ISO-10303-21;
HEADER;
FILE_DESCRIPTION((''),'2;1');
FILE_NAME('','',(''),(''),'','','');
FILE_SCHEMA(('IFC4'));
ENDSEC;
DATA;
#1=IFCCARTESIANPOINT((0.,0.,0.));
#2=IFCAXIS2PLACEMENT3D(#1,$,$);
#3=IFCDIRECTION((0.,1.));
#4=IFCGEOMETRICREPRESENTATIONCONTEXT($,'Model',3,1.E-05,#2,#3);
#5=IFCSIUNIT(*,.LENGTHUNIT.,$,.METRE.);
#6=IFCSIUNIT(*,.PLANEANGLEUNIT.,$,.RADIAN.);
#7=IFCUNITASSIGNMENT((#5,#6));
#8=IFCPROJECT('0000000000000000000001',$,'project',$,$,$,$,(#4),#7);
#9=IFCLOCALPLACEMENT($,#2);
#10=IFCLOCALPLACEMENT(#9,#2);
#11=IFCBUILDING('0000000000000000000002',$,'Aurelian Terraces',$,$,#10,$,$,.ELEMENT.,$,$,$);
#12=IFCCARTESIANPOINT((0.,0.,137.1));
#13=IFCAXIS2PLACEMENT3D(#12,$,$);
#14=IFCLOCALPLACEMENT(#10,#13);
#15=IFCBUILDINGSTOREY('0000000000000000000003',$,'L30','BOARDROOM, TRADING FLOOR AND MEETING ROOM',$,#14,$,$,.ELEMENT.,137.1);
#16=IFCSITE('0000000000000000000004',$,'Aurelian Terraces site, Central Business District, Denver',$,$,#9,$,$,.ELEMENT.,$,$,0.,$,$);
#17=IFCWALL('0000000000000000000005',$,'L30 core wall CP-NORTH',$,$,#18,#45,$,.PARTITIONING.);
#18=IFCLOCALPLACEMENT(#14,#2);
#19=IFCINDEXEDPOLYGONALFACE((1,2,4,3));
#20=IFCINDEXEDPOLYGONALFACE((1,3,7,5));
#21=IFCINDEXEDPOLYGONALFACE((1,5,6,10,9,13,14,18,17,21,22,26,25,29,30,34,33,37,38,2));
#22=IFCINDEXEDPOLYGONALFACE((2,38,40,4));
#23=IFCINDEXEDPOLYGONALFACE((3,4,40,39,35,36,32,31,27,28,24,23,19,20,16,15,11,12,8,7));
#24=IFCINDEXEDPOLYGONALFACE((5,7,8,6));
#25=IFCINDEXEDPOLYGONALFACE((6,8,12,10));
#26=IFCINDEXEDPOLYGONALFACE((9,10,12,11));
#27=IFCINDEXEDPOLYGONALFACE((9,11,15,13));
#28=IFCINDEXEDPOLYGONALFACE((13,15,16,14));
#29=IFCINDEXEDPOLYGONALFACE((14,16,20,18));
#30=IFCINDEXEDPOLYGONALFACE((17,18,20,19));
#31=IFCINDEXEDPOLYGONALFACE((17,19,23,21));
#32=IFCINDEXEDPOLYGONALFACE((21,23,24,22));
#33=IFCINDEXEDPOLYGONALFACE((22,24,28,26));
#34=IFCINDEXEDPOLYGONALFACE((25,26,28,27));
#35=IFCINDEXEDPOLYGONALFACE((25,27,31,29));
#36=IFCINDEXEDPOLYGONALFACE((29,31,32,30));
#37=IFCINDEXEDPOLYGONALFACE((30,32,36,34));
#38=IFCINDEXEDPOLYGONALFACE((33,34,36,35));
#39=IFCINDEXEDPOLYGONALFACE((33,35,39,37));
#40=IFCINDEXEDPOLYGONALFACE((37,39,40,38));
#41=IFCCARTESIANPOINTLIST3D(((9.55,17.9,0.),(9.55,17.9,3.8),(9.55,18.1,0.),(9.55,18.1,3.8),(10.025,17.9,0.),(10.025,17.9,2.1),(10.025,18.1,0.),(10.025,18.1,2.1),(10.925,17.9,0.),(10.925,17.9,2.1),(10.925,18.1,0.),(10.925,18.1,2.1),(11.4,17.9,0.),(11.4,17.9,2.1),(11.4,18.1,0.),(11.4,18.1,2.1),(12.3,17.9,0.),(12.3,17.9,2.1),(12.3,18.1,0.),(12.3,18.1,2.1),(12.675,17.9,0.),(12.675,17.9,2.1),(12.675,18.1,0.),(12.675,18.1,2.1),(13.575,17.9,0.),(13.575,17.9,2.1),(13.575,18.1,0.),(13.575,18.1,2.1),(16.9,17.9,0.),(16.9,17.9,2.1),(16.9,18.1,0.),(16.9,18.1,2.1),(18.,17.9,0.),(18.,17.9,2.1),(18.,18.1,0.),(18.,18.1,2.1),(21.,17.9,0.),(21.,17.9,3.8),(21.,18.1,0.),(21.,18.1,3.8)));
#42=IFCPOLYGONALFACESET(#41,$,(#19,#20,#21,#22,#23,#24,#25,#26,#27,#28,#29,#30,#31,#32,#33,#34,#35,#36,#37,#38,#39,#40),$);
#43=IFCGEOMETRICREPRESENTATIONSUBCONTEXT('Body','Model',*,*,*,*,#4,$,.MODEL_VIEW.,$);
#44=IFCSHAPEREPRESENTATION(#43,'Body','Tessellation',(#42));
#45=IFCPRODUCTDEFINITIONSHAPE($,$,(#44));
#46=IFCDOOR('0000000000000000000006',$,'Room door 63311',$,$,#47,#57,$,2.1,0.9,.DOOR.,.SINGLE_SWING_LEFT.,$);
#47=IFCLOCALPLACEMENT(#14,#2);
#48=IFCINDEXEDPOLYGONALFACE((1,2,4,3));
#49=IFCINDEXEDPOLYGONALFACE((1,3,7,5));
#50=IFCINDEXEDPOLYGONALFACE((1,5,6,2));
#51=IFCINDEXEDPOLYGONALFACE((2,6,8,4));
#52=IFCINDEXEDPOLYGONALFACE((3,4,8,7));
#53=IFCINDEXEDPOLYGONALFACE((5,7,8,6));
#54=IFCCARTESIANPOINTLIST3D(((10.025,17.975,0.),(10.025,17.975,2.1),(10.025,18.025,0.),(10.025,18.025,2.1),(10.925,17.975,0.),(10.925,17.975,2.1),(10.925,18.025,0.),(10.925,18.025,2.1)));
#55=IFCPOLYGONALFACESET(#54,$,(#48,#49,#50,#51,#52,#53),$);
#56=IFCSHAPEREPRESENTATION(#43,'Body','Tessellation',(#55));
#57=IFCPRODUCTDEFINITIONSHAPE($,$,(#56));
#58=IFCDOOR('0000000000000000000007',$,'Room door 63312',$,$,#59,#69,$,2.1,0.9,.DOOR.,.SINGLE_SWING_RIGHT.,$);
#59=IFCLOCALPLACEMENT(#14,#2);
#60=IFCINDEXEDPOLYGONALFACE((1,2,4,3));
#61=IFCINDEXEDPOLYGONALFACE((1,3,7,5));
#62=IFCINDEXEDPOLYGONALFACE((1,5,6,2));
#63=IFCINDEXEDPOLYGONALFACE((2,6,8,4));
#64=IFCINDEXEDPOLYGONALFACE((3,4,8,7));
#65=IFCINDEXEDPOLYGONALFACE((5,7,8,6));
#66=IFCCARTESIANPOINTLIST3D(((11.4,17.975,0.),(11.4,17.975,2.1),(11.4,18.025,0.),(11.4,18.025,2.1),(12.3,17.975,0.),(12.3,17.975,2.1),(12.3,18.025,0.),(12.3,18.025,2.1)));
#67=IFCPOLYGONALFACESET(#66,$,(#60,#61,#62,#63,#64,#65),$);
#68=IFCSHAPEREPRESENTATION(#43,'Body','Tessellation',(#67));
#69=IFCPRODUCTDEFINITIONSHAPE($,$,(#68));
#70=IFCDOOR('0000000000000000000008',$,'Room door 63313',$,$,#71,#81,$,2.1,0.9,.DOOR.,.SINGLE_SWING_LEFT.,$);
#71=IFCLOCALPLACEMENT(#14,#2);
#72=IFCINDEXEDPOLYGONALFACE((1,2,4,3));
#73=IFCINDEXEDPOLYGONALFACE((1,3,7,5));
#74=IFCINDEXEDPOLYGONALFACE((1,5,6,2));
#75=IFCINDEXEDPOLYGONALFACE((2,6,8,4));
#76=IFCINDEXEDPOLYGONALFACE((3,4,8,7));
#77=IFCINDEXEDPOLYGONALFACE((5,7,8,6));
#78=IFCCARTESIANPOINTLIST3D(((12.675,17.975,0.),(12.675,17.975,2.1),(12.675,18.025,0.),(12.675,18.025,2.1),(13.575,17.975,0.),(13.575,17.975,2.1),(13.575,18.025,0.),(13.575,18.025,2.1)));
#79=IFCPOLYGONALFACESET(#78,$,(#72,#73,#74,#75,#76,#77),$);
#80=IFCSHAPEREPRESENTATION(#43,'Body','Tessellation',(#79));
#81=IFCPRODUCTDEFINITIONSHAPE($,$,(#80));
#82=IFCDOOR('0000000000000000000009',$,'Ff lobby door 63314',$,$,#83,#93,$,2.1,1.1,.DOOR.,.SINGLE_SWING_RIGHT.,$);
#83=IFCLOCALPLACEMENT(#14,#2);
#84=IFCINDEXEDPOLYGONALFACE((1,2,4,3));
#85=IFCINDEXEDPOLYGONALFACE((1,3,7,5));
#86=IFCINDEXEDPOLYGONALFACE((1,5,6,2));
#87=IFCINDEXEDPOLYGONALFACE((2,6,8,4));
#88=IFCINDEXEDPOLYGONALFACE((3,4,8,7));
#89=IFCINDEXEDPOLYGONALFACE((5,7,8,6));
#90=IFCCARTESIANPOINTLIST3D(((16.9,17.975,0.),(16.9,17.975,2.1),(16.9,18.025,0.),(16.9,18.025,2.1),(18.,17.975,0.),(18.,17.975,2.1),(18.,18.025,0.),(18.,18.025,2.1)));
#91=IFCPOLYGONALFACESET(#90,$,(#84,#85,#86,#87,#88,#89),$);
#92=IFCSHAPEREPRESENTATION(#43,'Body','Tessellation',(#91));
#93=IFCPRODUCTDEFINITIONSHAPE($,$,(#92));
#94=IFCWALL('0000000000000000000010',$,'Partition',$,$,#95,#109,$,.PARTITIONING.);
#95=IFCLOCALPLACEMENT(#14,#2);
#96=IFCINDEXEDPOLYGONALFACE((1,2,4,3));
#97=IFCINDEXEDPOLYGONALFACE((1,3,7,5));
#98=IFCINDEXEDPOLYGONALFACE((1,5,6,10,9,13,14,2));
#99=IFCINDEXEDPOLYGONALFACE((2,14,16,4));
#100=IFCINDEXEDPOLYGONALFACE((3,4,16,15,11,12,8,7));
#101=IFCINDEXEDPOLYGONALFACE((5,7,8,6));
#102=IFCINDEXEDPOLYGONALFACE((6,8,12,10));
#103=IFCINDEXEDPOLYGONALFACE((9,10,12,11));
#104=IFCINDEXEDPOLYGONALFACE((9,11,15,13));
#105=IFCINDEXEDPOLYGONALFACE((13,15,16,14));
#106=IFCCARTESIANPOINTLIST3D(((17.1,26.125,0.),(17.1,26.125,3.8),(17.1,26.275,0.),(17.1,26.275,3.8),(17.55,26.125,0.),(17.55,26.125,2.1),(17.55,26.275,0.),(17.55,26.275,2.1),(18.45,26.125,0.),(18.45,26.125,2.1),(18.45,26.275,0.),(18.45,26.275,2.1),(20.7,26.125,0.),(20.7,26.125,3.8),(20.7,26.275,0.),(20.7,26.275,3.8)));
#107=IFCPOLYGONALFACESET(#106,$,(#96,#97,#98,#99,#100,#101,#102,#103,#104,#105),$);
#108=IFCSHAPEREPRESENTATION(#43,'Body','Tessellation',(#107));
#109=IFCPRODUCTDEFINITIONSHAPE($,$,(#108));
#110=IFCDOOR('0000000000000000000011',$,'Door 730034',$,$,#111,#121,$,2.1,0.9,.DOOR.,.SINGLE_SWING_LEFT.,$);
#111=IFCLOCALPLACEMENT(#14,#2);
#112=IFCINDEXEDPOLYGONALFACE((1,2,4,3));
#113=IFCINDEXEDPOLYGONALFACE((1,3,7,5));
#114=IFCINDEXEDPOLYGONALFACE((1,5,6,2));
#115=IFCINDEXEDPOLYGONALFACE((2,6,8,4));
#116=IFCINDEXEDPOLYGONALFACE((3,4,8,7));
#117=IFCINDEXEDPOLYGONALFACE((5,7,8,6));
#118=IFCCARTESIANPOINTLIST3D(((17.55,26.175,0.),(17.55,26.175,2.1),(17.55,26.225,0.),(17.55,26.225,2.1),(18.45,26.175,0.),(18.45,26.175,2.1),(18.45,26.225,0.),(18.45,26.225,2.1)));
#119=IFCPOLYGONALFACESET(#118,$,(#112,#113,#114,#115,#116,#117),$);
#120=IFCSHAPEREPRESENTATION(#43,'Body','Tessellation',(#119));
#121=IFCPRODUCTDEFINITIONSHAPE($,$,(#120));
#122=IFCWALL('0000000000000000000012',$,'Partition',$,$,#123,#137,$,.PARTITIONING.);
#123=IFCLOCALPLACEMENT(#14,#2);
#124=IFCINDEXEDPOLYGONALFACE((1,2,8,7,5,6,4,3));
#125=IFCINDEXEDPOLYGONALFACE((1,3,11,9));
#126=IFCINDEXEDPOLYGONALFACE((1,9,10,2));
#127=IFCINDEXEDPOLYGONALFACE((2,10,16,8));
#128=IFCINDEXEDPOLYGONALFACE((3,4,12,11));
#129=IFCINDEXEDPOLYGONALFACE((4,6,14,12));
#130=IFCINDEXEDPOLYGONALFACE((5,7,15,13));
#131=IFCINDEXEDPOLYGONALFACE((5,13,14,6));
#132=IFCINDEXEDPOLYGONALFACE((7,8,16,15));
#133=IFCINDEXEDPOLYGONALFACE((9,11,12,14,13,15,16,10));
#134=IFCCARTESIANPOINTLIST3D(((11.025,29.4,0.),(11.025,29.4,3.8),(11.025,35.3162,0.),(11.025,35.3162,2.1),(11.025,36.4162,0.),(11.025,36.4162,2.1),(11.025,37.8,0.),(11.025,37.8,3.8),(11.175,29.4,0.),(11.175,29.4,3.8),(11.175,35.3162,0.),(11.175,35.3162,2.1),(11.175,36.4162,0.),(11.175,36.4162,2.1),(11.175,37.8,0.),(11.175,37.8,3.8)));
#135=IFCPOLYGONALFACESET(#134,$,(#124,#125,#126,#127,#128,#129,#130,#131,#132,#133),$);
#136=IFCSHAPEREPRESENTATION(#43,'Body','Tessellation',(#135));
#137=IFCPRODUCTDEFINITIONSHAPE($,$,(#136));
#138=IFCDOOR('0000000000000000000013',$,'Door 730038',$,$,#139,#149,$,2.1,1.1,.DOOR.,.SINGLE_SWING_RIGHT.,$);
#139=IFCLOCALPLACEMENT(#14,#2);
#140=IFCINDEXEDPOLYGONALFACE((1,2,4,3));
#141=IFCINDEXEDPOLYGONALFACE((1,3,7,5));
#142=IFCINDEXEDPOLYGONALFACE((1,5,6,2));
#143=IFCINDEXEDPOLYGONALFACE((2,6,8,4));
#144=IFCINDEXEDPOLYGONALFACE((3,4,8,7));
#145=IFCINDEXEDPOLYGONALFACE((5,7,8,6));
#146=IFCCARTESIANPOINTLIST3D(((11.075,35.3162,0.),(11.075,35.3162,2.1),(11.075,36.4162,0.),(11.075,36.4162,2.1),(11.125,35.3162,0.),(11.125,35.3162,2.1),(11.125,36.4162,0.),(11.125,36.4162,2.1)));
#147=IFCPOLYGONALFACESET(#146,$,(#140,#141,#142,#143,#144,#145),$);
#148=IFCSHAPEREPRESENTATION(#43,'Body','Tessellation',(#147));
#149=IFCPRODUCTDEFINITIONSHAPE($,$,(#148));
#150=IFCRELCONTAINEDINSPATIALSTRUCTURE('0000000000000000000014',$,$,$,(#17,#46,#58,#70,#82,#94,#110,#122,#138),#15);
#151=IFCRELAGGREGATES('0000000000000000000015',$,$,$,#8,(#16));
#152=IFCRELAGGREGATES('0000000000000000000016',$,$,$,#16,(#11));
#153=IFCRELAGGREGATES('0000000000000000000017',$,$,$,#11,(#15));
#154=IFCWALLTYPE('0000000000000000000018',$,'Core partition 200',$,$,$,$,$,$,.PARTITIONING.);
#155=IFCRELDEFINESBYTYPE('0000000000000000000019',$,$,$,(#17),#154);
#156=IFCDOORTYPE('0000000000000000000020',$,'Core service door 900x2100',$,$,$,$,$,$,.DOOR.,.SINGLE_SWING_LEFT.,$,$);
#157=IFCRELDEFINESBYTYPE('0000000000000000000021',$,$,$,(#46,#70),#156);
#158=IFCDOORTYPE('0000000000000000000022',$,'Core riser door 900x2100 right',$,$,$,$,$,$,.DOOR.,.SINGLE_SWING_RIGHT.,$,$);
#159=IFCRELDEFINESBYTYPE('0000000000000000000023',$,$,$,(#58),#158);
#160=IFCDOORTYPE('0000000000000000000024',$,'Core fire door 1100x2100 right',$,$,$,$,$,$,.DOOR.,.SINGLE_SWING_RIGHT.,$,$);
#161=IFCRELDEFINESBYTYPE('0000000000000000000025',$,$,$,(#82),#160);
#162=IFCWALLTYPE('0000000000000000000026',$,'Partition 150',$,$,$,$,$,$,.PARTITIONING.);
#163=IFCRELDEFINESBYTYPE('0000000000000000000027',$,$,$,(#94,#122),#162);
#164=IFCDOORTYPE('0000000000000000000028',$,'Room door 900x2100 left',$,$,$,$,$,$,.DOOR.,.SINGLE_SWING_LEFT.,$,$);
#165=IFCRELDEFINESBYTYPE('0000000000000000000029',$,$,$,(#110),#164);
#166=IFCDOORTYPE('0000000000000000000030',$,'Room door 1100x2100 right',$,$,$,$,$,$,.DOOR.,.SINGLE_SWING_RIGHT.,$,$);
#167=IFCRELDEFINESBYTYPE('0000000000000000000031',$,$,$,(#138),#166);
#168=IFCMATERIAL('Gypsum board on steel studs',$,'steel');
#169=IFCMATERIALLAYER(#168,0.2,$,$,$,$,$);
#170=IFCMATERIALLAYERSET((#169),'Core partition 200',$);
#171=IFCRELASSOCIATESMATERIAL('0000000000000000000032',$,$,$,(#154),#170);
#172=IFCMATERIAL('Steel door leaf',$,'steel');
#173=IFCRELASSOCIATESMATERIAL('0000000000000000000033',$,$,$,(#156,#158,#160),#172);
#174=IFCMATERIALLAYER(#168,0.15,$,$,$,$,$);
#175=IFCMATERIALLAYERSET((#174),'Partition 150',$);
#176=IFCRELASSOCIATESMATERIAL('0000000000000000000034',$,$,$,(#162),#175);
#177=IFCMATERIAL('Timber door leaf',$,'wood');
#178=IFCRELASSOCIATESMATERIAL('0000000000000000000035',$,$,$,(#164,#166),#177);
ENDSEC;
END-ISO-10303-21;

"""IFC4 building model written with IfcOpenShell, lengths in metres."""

from ifc_helpers import new_model, si_unit, direction, frame, frame_2d, origin, place, context, subcontext, project, spatial, rectangle, extrude, source, transform, mapped, material, layer, layer_set, type_object, element, fill, save


model = new_model("IFC4")

# Units and contexts
model_context = context("Model", 3, precision=1e-05, world=origin(), true_north=direction((0.0, 1.0)))
body_context = subcontext(model_context, "Body", "Model", "MODEL_VIEW")
ifc_project = project(units=[si_unit("LENGTHUNIT", "METRE"), si_unit("PLANEANGLEUNIT", "RADIAN")], contexts=[model_context])

# Site, building, storey
site_placement = place(None, origin())
site = spatial("IfcSite", under=ifc_project, at=site_placement, Name="Aurelian Terraces site, Central Business District, Denver", CompositionType="ELEMENT", RefElevation=0.0)
building_placement = place(site_placement, origin())
building = spatial("IfcBuilding", under=site, at=building_placement, Name="Aurelian Terraces", CompositionType="ELEMENT")
storey_placement = place(building_placement, frame((0.0, 0.0, 137.1)))
storey = spatial("IfcBuildingStorey", under=building, at=storey_placement, Name="L30", Description="BOARDROOM, TRADING FLOOR AND MEETING ROOM", CompositionType="ELEMENT", Elevation=137.1)

# Shared definitions
ifc_material_1 = material(Name="Steel door leaf", Category="steel")

# Wall, openings, doors
ifc_material_2 = material(Name="Gypsum board on steel studs", Category="steel")
ifc_layer_1 = layer(ifc_material_2, 0.2)
ifc_layer_set_1 = layer_set([ifc_layer_1], Name="Core partition 200")
wall_type_1 = type_object("IfcWallType", Name="Core partition 200", PredefinedType="PARTITIONING", material=ifc_layer_set_1)
shared_shape_1 = source(origin(), body_context, "Body", "SweptSolid", [
    extrude(rectangle(XDim=11.45, YDim=0.2, at=frame_2d((5.725, 0.0))), origin(), (0.0, 0.0, 1.0), 3.8),
])
wall_1_placement = place(storey_placement, frame((9.55, 18.0, 0.0), z_axis=(0.0, 0.0, 1.0), x_axis=(1.0, 0.0, 0.0)))
wall_1 = element("IfcWall", 1, at=wall_1_placement, inside=storey, type_object=wall_type_1, Name="L30 core wall CP-NORTH", PredefinedType="PARTITIONING", context=body_context, shape_type="MappedRepresentation", body=[
    mapped(shared_shape_1, transform((0.0, 0.0, 0.0), scale=1.0)),
])
shared_shape_2 = source(origin(), body_context, "Body", "SweptSolid", [
    extrude(rectangle(XDim=0.9, YDim=2.1, at=frame_2d((0.45, 1.05))), frame((0.0, 0.11, 0.0), z_axis=(0.0, -1.0, 0.0), x_axis=(1.0, 0.0, 0.0)), (0.0, 0.0, 1.0), 0.22),
])
opening_1_placement = place(wall_1_placement, frame((0.475, 0.0, 0.0)))
opening_1 = element("IfcOpeningElement", 2, at=opening_1_placement, cuts=wall_1, PredefinedType="OPENING", context=body_context, shape_type="MappedRepresentation", body=[
    mapped(shared_shape_2, transform((0.0, 0.0, 0.0), scale=1.0)),
])
opening_2_placement = place(wall_1_placement, frame((1.85, 0.0, 0.0)))
opening_2 = element("IfcOpeningElement", 3, at=opening_2_placement, cuts=wall_1, PredefinedType="OPENING", context=body_context, shape_type="MappedRepresentation", body=[
    mapped(shared_shape_2, transform((0.0, 0.0, 0.0), scale=1.0)),
])
opening_3_placement = place(wall_1_placement, frame((3.125, 0.0, 0.0)))
opening_3 = element("IfcOpeningElement", 4, at=opening_3_placement, cuts=wall_1, PredefinedType="OPENING", context=body_context, shape_type="MappedRepresentation", body=[
    mapped(shared_shape_2, transform((0.0, 0.0, 0.0), scale=1.0)),
])
shared_shape_3 = source(origin(), body_context, "Body", "SweptSolid", [
    extrude(rectangle(XDim=1.1, YDim=2.1, at=frame_2d((0.55, 1.05))), frame((0.0, 0.11, 0.0), z_axis=(0.0, -1.0, 0.0), x_axis=(1.0, 0.0, 0.0)), (0.0, 0.0, 1.0), 0.22),
])
opening_4_placement = place(wall_1_placement, frame((7.35, 0.0, 0.0)))
opening_4 = element("IfcOpeningElement", 5, at=opening_4_placement, cuts=wall_1, PredefinedType="OPENING", context=body_context, shape_type="MappedRepresentation", body=[
    mapped(shared_shape_3, transform((0.0, 0.0, 0.0), scale=1.0)),
])
door_type_1 = type_object("IfcDoorType", Name="Core service door 900x2100", OperationType="SINGLE_SWING_LEFT", PredefinedType="DOOR", material=ifc_material_1)
shared_shape_4 = source(origin(), body_context, "Body", "SweptSolid", [
    extrude(rectangle(XDim=0.9, YDim=2.1, at=frame_2d((0.45, 1.05))), frame((0.0, 0.025, 0.0), z_axis=(0.0, -1.0, 0.0), x_axis=(1.0, 0.0, 0.0)), (0.0, 0.0, 1.0), 0.05),
])
door_1_placement = place(opening_1_placement, origin())
door_1 = element("IfcDoor", 6, at=door_1_placement, inside=storey, type_object=door_type_1, Name="Room door 63311", OperationType="SINGLE_SWING_LEFT", OverallHeight=2.1, OverallWidth=0.9, PredefinedType="DOOR", context=body_context, shape_type="MappedRepresentation", body=[
    mapped(shared_shape_4, transform((0.0, 0.0, 0.0), scale=1.0)),
])
fill(opening_1, door_1)
door_type_2 = type_object("IfcDoorType", Name="Core riser door 900x2100 right", OperationType="SINGLE_SWING_RIGHT", PredefinedType="DOOR", material=ifc_material_1)
door_2_placement = place(opening_2_placement, origin())
door_2 = element("IfcDoor", 7, at=door_2_placement, inside=storey, type_object=door_type_2, Name="Room door 63312", OperationType="SINGLE_SWING_RIGHT", OverallHeight=2.1, OverallWidth=0.9, PredefinedType="DOOR", context=body_context, shape_type="MappedRepresentation", body=[
    mapped(shared_shape_4, transform((0.0, 0.0, 0.0), scale=1.0)),
])
fill(opening_2, door_2)
door_3_placement = place(opening_3_placement, origin())
door_3 = element("IfcDoor", 8, at=door_3_placement, inside=storey, type_object=door_type_1, Name="Room door 63313", OperationType="SINGLE_SWING_LEFT", OverallHeight=2.1, OverallWidth=0.9, PredefinedType="DOOR", context=body_context, shape_type="MappedRepresentation", body=[
    mapped(shared_shape_4, transform((0.0, 0.0, 0.0), scale=1.0)),
])
fill(opening_3, door_3)
door_type_3 = type_object("IfcDoorType", Name="Core fire door 1100x2100 right", OperationType="SINGLE_SWING_RIGHT", PredefinedType="DOOR", material=ifc_material_1)
shared_shape_5 = source(origin(), body_context, "Body", "SweptSolid", [
    extrude(rectangle(XDim=1.1, YDim=2.1, at=frame_2d((0.55, 1.05))), frame((0.0, 0.025, 0.0), z_axis=(0.0, -1.0, 0.0), x_axis=(1.0, 0.0, 0.0)), (0.0, 0.0, 1.0), 0.05),
])
door_4_placement = place(opening_4_placement, origin())
door_4 = element("IfcDoor", 9, at=door_4_placement, inside=storey, type_object=door_type_3, Name="Ff lobby door 63314", OperationType="SINGLE_SWING_RIGHT", OverallHeight=2.1, OverallWidth=1.1, PredefinedType="DOOR", context=body_context, shape_type="MappedRepresentation", body=[
    mapped(shared_shape_5, transform((0.0, 0.0, 0.0), scale=1.0)),
])
fill(opening_4, door_4)

# Walls, openings, doors
ifc_layer_2 = layer(ifc_material_2, 0.15)
ifc_layer_set_2 = layer_set([ifc_layer_2], Name="Partition 150")
wall_type_2 = type_object("IfcWallType", Name="Partition 150", PredefinedType="PARTITIONING", material=ifc_layer_set_2)
shared_shape_6 = source(origin(), body_context, "Body", "SweptSolid", [
    extrude(rectangle(XDim=3.6, YDim=0.15, at=frame_2d((1.8, 0.0))), origin(), (0.0, 0.0, 1.0), 3.8),
])
wall_2_placement = place(storey_placement, frame((17.1, 26.2, 0.0), z_axis=(0.0, 0.0, 1.0), x_axis=(1.0, 0.0, 0.0)))
wall_2 = element("IfcWall", 10, at=wall_2_placement, inside=storey, type_object=wall_type_2, Name="Partition", PredefinedType="PARTITIONING", context=body_context, shape_type="MappedRepresentation", body=[
    mapped(shared_shape_6, transform((0.0, 0.0, 0.0), scale=1.0)),
])
shared_shape_7 = source(origin(), body_context, "Body", "SweptSolid", [
    extrude(rectangle(XDim=0.9, YDim=2.1, at=frame_2d((0.45, 1.05))), frame((0.0, 0.085, 0.0), z_axis=(0.0, -1.0, 0.0), x_axis=(1.0, 0.0, 0.0)), (0.0, 0.0, 1.0), 0.17),
])
opening_5_placement = place(wall_2_placement, frame((0.45, 0.0, 0.0)))
opening_5 = element("IfcOpeningElement", 11, at=opening_5_placement, cuts=wall_2, PredefinedType="OPENING", context=body_context, shape_type="MappedRepresentation", body=[
    mapped(shared_shape_7, transform((0.0, 0.0, 0.0), scale=1.0)),
])
ifc_material_3 = material(Name="Timber door leaf", Category="wood")
door_type_4 = type_object("IfcDoorType", Name="Room door 900x2100 left", OperationType="SINGLE_SWING_LEFT", PredefinedType="DOOR", material=ifc_material_3)
door_5_placement = place(opening_5_placement, origin())
door_5 = element("IfcDoor", 12, at=door_5_placement, inside=storey, type_object=door_type_4, Name="Door 730034", OperationType="SINGLE_SWING_LEFT", OverallHeight=2.1, OverallWidth=0.9, PredefinedType="DOOR", context=body_context, shape_type="MappedRepresentation", body=[
    mapped(shared_shape_4, transform((0.0, 0.0, 0.0), scale=1.0)),
])
fill(opening_5, door_5)
shared_shape_8 = source(origin(), body_context, "Body", "SweptSolid", [
    extrude(rectangle(XDim=8.4, YDim=0.15, at=frame_2d((4.2, 0.0))), origin(), (0.0, 0.0, 1.0), 3.8),
])
wall_3_placement = place(storey_placement, frame((11.1, 29.4, 0.0), z_axis=(0.0, 0.0, 1.0), x_axis=(0.0, 1.0, 0.0)))
wall_3 = element("IfcWall", 13, at=wall_3_placement, inside=storey, type_object=wall_type_2, Name="Partition", PredefinedType="PARTITIONING", context=body_context, shape_type="MappedRepresentation", body=[
    mapped(shared_shape_8, transform((0.0, 0.0, 0.0), scale=1.0)),
])
shared_shape_9 = source(origin(), body_context, "Body", "SweptSolid", [
    extrude(rectangle(XDim=1.1, YDim=2.1, at=frame_2d((0.55, 1.05))), frame((0.0, 0.085, 0.0), z_axis=(0.0, -1.0, 0.0), x_axis=(1.0, 0.0, 0.0)), (0.0, 0.0, 1.0), 0.17),
])
opening_6_placement = place(wall_3_placement, frame((5.9162, 0.0, 0.0)))
opening_6 = element("IfcOpeningElement", 14, at=opening_6_placement, cuts=wall_3, PredefinedType="OPENING", context=body_context, shape_type="MappedRepresentation", body=[
    mapped(shared_shape_9, transform((0.0, 0.0, 0.0), scale=1.0)),
])
door_type_5 = type_object("IfcDoorType", Name="Room door 1100x2100 right", OperationType="SINGLE_SWING_RIGHT", PredefinedType="DOOR", material=ifc_material_3)
door_6_placement = place(opening_6_placement, origin())
door_6 = element("IfcDoor", 15, at=door_6_placement, inside=storey, type_object=door_type_5, Name="Door 730038", OperationType="SINGLE_SWING_RIGHT", OverallHeight=2.1, OverallWidth=1.1, PredefinedType="DOOR", context=body_context, shape_type="MappedRepresentation", body=[
    mapped(shared_shape_5, transform((0.0, 0.0, 0.0), scale=1.0)),
])
fill(opening_6, door_6)

save(model, "model.ifc")
